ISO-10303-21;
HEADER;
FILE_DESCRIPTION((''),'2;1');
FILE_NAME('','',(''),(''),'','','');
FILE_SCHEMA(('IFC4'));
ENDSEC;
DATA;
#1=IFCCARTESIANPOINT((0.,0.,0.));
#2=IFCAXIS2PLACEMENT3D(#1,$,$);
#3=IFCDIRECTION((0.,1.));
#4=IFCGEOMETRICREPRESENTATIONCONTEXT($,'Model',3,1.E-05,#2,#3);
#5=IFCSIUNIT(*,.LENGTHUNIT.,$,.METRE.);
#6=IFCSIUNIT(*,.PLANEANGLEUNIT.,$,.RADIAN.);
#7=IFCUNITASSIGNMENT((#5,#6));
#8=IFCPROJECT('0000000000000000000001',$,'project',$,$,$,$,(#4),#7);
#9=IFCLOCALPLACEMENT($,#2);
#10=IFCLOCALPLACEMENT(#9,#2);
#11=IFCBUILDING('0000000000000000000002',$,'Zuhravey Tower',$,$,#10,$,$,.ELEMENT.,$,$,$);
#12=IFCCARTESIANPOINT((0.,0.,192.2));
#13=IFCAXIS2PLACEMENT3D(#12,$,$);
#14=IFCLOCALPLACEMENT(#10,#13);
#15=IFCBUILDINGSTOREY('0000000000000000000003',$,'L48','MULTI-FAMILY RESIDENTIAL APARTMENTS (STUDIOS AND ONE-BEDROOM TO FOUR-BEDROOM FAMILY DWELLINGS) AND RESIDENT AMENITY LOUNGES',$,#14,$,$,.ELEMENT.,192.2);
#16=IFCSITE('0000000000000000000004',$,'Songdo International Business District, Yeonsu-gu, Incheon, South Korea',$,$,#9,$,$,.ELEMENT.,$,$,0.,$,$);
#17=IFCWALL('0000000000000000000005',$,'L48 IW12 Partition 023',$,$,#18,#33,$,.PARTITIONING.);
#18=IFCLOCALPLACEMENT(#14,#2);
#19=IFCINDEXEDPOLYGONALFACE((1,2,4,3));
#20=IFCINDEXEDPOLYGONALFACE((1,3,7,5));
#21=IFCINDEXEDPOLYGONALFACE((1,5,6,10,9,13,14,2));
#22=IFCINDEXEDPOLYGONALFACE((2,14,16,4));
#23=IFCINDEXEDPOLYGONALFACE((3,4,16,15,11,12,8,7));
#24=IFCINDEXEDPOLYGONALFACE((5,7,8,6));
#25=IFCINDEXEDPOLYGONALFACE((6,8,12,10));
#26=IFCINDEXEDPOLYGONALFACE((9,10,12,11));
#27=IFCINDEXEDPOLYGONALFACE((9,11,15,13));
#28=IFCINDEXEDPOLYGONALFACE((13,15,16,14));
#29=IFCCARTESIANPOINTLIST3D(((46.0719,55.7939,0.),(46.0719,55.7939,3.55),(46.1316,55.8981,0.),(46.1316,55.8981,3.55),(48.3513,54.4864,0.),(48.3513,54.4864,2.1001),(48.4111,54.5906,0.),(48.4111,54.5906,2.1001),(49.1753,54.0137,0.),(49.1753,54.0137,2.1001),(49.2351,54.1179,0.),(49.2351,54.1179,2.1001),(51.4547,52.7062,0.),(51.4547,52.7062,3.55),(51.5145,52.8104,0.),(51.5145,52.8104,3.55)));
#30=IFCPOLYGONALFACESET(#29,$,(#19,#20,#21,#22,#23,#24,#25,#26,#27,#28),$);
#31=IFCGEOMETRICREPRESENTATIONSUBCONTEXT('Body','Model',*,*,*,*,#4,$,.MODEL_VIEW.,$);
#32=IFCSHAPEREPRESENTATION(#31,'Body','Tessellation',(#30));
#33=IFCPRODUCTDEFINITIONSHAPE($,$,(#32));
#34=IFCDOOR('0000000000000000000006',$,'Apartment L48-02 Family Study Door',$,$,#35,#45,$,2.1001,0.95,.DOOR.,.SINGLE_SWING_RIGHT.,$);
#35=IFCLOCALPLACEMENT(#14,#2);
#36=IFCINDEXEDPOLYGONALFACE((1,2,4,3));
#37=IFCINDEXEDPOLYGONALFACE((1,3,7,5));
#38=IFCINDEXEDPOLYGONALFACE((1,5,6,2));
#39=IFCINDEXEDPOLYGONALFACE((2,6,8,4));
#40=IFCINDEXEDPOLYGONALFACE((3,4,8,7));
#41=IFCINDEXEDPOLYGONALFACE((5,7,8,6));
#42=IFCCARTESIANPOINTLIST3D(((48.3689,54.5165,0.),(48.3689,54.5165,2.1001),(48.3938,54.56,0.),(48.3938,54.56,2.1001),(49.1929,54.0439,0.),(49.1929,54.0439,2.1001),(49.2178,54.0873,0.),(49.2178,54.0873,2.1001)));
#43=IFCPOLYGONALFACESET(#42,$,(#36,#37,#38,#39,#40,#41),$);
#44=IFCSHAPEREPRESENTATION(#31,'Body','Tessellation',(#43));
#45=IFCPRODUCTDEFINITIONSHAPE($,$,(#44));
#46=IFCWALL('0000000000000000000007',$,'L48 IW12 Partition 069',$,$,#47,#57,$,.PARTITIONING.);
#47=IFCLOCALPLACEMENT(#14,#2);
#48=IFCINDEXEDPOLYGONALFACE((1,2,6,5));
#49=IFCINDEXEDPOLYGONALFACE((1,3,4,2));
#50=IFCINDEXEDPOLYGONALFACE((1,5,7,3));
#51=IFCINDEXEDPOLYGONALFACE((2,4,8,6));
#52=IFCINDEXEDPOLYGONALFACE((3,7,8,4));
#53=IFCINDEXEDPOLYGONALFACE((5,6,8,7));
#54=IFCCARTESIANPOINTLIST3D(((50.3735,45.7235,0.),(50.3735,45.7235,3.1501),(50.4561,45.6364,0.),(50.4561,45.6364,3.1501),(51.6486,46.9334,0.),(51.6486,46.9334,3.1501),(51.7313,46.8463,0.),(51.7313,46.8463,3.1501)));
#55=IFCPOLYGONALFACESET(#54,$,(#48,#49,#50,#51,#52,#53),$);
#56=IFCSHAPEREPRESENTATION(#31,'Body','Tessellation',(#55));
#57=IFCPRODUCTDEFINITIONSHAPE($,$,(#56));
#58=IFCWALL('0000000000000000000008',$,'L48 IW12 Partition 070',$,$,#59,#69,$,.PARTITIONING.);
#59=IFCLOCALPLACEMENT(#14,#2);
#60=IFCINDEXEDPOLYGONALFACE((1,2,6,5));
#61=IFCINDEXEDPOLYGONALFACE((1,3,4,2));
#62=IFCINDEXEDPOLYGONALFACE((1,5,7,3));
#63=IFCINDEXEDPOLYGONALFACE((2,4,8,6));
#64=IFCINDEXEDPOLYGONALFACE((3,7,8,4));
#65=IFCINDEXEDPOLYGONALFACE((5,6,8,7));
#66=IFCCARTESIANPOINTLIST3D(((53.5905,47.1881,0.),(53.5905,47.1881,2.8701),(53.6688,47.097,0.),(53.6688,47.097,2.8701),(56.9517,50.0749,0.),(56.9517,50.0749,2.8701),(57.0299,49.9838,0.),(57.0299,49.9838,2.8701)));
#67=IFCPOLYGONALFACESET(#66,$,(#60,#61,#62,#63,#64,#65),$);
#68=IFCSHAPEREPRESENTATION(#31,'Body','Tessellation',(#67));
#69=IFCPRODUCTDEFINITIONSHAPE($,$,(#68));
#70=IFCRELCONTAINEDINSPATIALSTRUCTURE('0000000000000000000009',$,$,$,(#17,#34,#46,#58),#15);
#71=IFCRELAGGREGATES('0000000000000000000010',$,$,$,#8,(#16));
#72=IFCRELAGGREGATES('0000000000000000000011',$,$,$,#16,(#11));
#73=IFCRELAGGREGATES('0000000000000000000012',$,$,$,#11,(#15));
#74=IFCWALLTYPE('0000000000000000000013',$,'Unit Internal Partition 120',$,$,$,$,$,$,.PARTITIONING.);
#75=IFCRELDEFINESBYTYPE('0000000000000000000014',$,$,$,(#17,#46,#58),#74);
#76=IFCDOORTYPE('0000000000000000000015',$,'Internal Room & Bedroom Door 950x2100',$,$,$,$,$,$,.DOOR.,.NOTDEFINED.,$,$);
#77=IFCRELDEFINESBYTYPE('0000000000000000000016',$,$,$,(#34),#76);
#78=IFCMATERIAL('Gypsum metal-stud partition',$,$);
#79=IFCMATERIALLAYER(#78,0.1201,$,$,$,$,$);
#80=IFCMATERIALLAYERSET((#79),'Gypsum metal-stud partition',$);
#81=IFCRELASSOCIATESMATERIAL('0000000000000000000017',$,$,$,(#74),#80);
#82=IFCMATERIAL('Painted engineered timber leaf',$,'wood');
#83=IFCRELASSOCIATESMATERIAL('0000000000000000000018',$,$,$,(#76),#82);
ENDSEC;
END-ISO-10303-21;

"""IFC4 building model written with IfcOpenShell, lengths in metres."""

from ifc_helpers import new_model, si_unit, direction, frame, frame_2d, origin, place, context, subcontext, project, spatial, rectangle, extrude, material, layer, layer_set, type_object, element, fill, save


model = new_model("IFC4")

# Units and contexts
model_context = context("Model", 3, precision=1e-05, world=origin(), true_north=direction((0.0, 1.0)))
body_context = subcontext(model_context, "Body", "Model", "MODEL_VIEW")
ifc_project = project(units=[si_unit("LENGTHUNIT", "METRE"), si_unit("PLANEANGLEUNIT", "RADIAN")], contexts=[model_context])

# Site, building, storey
site_placement = place(None, origin())
site = spatial("IfcSite", under=ifc_project, at=site_placement, Name="Songdo International Business District, Yeonsu-gu, Incheon, South Korea", CompositionType="ELEMENT", RefElevation=0.0)
building_placement = place(site_placement, origin())
building = spatial("IfcBuilding", under=site, at=building_placement, Name="Zuhravey Tower", CompositionType="ELEMENT")
storey_placement = place(building_placement, frame((0.0, 0.0, 192.2)))
storey = spatial("IfcBuildingStorey", under=building, at=storey_placement, Name="L48", Description="MULTI-FAMILY RESIDENTIAL APARTMENTS (STUDIOS AND ONE-BEDROOM TO FOUR-BEDROOM FAMILY DWELLINGS) AND RESIDENT AMENITY LOUNGES", CompositionType="ELEMENT", Elevation=192.2)

# Wall, opening, door
ifc_material_1 = material(Name="Gypsum metal-stud partition")
ifc_layer_1 = layer(ifc_material_1, 0.1201)
ifc_layer_set_1 = layer_set([ifc_layer_1], Name="Gypsum metal-stud partition")
wall_type_1 = type_object("IfcWallType", Name="Unit Internal Partition 120", PredefinedType="PARTITIONING", material=ifc_layer_set_1)
wall_1_placement = place(storey_placement, frame((51.4846, 52.7583, 0.0), z_axis=(0.0, 0.0, 1.0), x_axis=(-0.867426, 0.497566, 0.0)))
wall_1 = element("IfcWall", 1, at=wall_1_placement, inside=storey, type_object=wall_type_1, Name="L48 IW12 Partition 023", PredefinedType="PARTITIONING", context=body_context, shape_type="SweptSolid", body=[
    extrude(rectangle(XDim=6.2056, YDim=0.1201, at=frame_2d((3.1028, 0.0))), origin(), (0.0, 0.0, 1.0), 3.55),
])
opening_placement = place(wall_1_placement, frame((2.6277, 0.0, 0.0)))
opening = element("IfcOpeningElement", 2, at=opening_placement, cuts=wall_1, PredefinedType="OPENING", context=body_context, shape_type="SweptSolid", body=[
    extrude(rectangle(XDim=0.95, YDim=2.1001, at=frame_2d((0.4751, 1.05))), frame((0.0, 0.072, 0.0), z_axis=(0.0, -1.0, 0.0), x_axis=(1.0, 0.0, 0.0)), (0.0, 0.0, 1.0), 0.144),
])
ifc_material_2 = material(Name="Painted engineered timber leaf", Category="wood")
door_type = type_object("IfcDoorType", Name="Internal Room & Bedroom Door 950x2100", OperationType="NOTDEFINED", PredefinedType="DOOR", material=ifc_material_2)
door_placement = place(opening_placement, frame((0.95, 0.0, 0.0), z_axis=(0.0, 0.0, 1.0), x_axis=(-1.0, 0.0, 0.0)))
door = element("IfcDoor", 3, at=door_placement, inside=storey, type_object=door_type, Name="Apartment L48-02 Family Study Door", OperationType="SINGLE_SWING_RIGHT", OverallHeight=2.1001, OverallWidth=0.95, PredefinedType="DOOR", context=body_context, shape_type="SweptSolid", body=[
    extrude(rectangle(XDim=0.95, YDim=2.1001, at=frame_2d((0.4751, 1.05))), frame((0.0, 0.0249, 0.0), z_axis=(0.0, -1.0, 0.0), x_axis=(1.0, 0.0, 0.0)), (0.0, 0.0, 1.0), 0.05),
])
fill(opening, door)

# Walls
wall_2_placement = place(storey_placement, frame((50.4148, 45.6799, 0.0), z_axis=(0.0, 0.0, 1.0), x_axis=(0.725405, 0.688322, 0.0)))
element("IfcWall", 4, at=wall_2_placement, inside=storey, type_object=wall_type_1, Name="L48 IW12 Partition 069", PredefinedType="PARTITIONING", context=body_context, shape_type="SweptSolid", body=[
    extrude(rectangle(XDim=1.7578, YDim=0.1201, at=frame_2d((0.8789, 0.0))), origin(), (0.0, 0.0, 1.0), 3.1501),
])
wall_3_placement = place(storey_placement, frame((53.6296, 47.1426, 0.0), z_axis=(0.0, 0.0, 1.0), x_axis=(0.758611, 0.651544, 0.0)))
element("IfcWall", 5, at=wall_3_placement, inside=storey, type_object=wall_type_1, Name="L48 IW12 Partition 070", PredefinedType="PARTITIONING", context=body_context, shape_type="SweptSolid", body=[
    extrude(rectangle(XDim=4.4307, YDim=0.1201, at=frame_2d((2.2153, 0.0))), origin(), (0.0, 0.0, 1.0), 2.8701),
])

save(model, "model.ifc")
